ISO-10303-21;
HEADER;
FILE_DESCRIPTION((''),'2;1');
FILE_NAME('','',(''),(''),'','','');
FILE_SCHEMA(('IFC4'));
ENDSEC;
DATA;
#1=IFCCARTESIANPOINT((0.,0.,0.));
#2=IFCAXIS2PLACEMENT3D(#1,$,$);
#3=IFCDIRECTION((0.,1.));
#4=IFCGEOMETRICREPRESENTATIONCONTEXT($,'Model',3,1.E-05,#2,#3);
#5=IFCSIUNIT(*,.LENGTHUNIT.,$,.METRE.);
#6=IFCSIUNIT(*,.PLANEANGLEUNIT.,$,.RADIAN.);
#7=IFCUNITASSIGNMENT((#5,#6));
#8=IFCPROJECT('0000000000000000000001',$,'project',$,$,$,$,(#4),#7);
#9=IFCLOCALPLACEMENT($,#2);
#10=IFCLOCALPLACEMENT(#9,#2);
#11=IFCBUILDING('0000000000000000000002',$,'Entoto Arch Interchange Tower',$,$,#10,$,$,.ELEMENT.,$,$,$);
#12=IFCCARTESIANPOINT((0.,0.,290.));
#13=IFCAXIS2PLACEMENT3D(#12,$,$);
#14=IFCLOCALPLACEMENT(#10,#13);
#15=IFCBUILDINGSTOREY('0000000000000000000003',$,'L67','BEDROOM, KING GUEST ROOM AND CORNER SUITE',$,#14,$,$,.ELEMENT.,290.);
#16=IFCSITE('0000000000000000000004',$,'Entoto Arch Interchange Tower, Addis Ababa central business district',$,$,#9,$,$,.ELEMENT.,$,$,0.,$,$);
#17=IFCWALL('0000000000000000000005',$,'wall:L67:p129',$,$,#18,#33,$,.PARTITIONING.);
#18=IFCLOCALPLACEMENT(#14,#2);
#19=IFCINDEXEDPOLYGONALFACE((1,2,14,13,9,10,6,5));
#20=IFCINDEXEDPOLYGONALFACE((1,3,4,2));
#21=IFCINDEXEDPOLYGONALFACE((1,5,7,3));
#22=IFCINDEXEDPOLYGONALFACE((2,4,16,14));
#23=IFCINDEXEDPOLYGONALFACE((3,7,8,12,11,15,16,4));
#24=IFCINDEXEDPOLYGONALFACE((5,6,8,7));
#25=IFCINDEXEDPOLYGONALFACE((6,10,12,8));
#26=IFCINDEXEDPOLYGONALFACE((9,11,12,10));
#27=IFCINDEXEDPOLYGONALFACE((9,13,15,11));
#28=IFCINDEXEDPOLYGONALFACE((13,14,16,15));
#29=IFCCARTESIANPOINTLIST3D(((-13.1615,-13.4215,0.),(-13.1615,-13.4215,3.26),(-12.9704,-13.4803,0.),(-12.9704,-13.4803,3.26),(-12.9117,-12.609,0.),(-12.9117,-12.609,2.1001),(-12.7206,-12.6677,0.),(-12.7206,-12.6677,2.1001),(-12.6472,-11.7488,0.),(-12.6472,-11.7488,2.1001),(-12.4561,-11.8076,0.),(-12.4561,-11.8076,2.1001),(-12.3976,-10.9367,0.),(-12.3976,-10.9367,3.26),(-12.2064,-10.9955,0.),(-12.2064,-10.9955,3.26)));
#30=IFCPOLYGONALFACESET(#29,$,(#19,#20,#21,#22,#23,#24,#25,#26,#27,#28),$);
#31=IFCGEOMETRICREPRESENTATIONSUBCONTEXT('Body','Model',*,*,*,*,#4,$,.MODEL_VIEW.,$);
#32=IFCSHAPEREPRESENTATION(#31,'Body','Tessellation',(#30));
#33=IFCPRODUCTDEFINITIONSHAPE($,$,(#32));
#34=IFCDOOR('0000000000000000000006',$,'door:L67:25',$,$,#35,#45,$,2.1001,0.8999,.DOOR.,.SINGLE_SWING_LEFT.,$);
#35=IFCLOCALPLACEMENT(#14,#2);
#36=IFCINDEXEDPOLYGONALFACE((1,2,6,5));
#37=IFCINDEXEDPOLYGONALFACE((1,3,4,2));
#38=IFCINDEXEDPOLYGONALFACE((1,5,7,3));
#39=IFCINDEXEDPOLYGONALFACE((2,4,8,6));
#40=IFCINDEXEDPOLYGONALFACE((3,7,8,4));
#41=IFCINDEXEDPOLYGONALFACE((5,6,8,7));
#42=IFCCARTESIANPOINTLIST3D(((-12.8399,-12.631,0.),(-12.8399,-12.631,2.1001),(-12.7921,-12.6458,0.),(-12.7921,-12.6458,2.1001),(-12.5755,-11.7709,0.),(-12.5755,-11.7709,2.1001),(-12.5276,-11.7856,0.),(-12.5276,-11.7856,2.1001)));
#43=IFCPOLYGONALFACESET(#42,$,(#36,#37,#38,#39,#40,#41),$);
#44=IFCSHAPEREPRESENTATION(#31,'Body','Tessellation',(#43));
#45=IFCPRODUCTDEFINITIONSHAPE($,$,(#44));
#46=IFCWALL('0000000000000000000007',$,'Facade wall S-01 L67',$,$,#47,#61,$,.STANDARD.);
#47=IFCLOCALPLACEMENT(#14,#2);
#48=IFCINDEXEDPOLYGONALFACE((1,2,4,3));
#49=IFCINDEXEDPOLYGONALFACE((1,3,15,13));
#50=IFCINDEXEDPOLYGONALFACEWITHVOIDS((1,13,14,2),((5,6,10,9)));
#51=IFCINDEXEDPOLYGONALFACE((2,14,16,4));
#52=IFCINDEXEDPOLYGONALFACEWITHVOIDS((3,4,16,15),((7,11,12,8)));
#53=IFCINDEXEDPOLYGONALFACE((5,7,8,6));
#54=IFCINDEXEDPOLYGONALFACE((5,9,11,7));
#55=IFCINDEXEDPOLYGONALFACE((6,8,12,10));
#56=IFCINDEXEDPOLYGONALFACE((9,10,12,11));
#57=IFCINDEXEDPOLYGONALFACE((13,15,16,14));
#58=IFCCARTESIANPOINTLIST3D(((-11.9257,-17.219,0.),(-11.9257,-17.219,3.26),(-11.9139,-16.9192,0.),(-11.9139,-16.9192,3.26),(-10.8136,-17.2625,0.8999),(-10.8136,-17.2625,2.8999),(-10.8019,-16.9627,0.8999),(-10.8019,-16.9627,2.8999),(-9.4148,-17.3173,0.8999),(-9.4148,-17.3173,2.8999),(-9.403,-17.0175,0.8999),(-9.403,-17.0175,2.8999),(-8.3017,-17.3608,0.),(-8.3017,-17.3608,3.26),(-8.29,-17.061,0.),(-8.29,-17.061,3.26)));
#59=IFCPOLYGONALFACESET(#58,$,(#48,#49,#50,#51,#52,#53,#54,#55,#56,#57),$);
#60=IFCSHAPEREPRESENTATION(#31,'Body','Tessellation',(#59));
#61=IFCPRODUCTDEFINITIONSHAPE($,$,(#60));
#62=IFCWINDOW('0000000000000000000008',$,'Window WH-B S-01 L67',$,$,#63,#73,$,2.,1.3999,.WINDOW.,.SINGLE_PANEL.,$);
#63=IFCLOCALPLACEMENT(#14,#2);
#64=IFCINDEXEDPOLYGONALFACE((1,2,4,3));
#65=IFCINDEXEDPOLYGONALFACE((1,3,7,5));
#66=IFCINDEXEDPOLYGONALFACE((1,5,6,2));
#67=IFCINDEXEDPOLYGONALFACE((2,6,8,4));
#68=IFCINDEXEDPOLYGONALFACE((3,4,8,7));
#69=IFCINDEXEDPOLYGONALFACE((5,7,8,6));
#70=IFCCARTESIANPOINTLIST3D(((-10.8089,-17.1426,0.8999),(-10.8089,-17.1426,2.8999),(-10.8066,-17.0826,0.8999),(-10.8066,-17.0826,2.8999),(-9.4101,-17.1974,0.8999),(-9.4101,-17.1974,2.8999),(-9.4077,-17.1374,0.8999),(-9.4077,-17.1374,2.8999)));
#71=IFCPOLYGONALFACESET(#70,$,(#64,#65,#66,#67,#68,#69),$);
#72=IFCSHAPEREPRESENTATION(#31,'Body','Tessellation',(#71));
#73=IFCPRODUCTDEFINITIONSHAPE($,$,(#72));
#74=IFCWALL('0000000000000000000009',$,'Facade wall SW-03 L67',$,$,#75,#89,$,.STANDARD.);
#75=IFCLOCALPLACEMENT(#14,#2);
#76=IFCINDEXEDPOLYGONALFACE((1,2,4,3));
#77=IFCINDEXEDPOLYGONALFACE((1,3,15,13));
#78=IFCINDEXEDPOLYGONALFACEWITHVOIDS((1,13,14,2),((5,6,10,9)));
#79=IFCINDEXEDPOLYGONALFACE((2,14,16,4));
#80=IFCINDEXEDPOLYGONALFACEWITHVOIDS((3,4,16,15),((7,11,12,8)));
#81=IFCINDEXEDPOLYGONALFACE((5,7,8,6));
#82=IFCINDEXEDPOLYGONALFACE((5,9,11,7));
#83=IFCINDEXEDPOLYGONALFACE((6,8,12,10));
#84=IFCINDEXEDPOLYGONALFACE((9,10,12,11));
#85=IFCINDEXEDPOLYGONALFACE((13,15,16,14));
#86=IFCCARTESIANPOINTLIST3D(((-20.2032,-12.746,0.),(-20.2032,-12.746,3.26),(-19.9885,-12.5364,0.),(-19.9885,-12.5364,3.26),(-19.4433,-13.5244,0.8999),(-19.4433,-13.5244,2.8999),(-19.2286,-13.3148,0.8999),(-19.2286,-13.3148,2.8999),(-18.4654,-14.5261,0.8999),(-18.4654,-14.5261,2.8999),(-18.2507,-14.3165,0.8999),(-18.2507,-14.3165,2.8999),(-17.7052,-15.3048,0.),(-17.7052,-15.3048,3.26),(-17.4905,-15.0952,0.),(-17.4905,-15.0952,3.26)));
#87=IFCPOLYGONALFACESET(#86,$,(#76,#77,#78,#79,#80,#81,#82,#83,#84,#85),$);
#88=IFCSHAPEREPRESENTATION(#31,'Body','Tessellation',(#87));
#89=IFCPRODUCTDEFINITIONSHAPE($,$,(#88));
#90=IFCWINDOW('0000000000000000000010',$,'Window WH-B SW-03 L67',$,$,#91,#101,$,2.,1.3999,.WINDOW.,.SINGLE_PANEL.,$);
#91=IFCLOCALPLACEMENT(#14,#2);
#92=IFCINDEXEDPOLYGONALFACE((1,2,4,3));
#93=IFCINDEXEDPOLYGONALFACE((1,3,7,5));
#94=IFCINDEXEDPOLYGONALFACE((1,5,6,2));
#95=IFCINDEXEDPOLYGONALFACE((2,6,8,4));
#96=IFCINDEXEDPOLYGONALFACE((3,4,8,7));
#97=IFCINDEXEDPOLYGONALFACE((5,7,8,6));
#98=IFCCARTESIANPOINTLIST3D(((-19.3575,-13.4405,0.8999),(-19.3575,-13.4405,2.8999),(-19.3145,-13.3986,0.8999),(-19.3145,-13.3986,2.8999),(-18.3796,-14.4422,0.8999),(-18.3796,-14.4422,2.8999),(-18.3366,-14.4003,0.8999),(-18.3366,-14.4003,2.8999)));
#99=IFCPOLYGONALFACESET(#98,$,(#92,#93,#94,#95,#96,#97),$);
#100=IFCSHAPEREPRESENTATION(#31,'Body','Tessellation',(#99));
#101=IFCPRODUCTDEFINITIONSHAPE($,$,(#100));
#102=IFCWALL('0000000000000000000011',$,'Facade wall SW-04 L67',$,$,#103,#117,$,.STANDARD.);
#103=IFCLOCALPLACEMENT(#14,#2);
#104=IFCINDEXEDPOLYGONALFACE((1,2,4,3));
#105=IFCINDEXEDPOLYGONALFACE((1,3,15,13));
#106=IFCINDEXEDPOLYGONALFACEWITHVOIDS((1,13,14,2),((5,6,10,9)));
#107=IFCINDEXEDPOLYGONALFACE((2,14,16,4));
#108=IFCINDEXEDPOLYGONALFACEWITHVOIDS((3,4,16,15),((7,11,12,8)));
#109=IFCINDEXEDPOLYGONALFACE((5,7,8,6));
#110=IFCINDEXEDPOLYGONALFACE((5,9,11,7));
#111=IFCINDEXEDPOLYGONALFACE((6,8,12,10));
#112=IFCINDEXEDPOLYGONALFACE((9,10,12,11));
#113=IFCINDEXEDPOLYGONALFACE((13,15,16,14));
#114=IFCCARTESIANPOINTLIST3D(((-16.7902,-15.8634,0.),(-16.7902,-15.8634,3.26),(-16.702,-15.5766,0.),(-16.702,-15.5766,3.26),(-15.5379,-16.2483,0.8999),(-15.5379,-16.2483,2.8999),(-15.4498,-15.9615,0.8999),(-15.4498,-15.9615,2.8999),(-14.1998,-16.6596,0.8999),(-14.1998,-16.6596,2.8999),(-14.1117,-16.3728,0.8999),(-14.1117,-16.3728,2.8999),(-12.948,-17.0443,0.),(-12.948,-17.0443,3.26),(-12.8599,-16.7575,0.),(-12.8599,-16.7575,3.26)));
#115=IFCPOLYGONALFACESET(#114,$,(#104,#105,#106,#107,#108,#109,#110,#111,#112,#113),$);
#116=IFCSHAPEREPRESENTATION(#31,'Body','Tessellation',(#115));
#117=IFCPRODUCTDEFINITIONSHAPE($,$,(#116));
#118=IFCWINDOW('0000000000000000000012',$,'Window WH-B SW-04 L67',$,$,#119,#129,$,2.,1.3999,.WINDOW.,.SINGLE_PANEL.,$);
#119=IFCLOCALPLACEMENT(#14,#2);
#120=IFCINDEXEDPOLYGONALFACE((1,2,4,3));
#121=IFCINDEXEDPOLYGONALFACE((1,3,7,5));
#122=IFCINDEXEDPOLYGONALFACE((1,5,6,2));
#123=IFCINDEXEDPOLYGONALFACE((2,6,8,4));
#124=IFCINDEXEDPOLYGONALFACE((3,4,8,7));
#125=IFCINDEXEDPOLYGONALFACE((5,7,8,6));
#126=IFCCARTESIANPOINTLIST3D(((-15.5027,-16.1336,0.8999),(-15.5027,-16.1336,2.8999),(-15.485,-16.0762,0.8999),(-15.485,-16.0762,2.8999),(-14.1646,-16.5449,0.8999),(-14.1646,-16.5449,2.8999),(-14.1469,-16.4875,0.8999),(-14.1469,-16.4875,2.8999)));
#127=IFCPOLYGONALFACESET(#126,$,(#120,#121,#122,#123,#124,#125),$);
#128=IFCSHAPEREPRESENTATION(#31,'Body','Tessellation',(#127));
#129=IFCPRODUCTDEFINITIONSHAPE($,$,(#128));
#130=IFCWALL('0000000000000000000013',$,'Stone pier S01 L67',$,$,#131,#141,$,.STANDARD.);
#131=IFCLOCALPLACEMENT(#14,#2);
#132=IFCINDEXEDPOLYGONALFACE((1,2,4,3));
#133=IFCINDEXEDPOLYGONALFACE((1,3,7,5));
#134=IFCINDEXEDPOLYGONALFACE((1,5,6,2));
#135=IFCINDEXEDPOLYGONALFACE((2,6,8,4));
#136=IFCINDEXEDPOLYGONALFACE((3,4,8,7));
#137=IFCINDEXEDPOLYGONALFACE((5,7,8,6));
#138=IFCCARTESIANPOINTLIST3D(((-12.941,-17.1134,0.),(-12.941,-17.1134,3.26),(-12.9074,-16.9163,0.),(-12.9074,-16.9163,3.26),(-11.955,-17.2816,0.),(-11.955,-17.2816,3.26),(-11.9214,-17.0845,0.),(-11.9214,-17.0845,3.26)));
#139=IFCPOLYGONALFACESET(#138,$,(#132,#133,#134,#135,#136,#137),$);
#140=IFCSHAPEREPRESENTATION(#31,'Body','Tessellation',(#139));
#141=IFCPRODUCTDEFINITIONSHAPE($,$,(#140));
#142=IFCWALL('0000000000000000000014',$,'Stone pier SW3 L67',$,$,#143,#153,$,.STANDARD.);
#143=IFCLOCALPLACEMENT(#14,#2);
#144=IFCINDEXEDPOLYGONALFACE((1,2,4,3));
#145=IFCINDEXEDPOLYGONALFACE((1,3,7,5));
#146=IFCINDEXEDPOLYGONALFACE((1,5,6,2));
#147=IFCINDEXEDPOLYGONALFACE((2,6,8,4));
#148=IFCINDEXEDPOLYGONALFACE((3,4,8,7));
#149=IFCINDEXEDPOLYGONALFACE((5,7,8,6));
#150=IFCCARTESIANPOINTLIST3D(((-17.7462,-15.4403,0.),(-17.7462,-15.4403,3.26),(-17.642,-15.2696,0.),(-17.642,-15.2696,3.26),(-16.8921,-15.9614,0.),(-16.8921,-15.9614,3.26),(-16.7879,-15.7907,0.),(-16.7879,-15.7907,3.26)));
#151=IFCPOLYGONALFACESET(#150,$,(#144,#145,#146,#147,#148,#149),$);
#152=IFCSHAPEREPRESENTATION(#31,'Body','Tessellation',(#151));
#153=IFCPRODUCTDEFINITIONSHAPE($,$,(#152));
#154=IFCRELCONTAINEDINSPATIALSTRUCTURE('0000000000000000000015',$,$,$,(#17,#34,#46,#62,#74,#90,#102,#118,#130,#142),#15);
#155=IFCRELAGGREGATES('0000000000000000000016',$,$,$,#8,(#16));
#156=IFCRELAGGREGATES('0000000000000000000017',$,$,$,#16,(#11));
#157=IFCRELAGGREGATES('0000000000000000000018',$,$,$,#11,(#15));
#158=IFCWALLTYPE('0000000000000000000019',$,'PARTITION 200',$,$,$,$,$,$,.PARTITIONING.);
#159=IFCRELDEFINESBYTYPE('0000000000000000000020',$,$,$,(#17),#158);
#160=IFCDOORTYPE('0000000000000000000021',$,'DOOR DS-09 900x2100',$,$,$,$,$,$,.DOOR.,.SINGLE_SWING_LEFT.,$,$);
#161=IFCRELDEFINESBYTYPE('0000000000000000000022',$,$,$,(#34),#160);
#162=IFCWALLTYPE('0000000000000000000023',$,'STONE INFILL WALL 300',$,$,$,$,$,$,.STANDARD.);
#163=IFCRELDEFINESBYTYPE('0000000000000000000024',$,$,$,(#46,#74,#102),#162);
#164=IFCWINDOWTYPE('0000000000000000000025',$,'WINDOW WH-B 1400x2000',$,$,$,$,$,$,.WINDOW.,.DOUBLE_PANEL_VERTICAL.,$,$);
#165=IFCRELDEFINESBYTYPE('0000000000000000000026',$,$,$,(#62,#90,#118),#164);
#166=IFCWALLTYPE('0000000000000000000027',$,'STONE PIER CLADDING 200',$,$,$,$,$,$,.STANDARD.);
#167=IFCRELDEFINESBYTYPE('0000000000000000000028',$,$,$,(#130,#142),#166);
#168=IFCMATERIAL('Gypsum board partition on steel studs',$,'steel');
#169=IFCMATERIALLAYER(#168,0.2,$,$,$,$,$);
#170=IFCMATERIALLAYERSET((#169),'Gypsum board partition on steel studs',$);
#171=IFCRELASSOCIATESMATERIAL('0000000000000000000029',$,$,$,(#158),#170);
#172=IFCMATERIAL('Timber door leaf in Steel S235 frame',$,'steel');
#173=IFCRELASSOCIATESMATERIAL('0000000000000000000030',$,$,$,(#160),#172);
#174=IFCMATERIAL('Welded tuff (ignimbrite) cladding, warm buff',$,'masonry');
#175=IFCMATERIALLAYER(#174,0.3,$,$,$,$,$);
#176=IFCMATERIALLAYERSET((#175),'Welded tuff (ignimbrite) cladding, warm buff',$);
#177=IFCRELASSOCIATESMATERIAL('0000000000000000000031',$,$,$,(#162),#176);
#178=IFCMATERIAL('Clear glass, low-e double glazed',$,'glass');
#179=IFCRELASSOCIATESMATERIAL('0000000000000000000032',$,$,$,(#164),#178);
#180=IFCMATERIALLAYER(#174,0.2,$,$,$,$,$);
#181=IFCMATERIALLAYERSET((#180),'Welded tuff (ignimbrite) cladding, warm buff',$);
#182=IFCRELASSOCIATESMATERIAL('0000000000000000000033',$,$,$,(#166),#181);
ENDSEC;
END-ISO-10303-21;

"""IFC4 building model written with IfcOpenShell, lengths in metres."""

from ifc_helpers import new_model, si_unit, direction, frame, frame_2d, origin, place, context, subcontext, project, spatial, rectangle, extrude, material, layer, layer_set, type_object, element, fill, save


model = new_model("IFC4")

# Units and contexts
model_context = context("Model", 3, precision=1e-05, world=origin(), true_north=direction((0.0, 1.0)))
body_context = subcontext(model_context, "Body", "Model", "MODEL_VIEW")
ifc_project = project(units=[si_unit("LENGTHUNIT", "METRE"), si_unit("PLANEANGLEUNIT", "RADIAN")], contexts=[model_context])

# Site, building, storey
site_placement = place(None, origin())
site = spatial("IfcSite", under=ifc_project, at=site_placement, Name="Entoto Arch Interchange Tower, Addis Ababa central business district", CompositionType="ELEMENT", RefElevation=0.0)
building_placement = place(site_placement, origin())
building = spatial("IfcBuilding", under=site, at=building_placement, Name="Entoto Arch Interchange Tower", CompositionType="ELEMENT")
storey_placement = place(building_placement, frame((0.0, 0.0, 290.0)))
storey = spatial("IfcBuildingStorey", under=building, at=storey_placement, Name="L67", Description="BEDROOM, KING GUEST ROOM AND CORNER SUITE", CompositionType="ELEMENT", Elevation=290.0)

# Shared definitions
ifc_material_1 = material(Name="Gypsum board partition on steel studs", Category="steel")

# Shared definitions
ifc_layer_1 = layer(ifc_material_1, 0.2)
ifc_layer_set_1 = layer_set([ifc_layer_1], Name="Gypsum board partition on steel studs")
wall_type_1 = type_object("IfcWallType", Name="PARTITION 200", PredefinedType="PARTITIONING", material=ifc_layer_set_1)
ifc_material_2 = material(Name="Timber door leaf in Steel S235 frame", Category="steel")

# Wall, opening, door
wall_1_placement = place(storey_placement, frame((-13.0659, -13.4509, 0.0), z_axis=(0.0, 0.0, 1.0), x_axis=(0.293855, 0.95585, 0.0)))
wall_1 = element("IfcWall", 1, at=wall_1_placement, inside=storey, type_object=wall_type_1, Name="wall:L67:p129", PredefinedType="PARTITIONING", context=body_context, shape_type="SweptSolid", body=[
    extrude(rectangle(XDim=2.5996, YDim=0.2, at=frame_2d((1.2998, 0.0))), origin(), (0.0, 0.0, 1.0), 3.26),
])
opening_1_placement = place(wall_1_placement, frame((0.8501, 0.0, 0.0)))
opening_1 = element("IfcOpeningElement", 2, at=opening_1_placement, cuts=wall_1, PredefinedType="OPENING", context=body_context, shape_type="SweptSolid", body=[
    extrude(rectangle(XDim=0.8999, YDim=2.1001, at=frame_2d((0.45, 1.05))), frame((0.0, 0.1099, 0.0), z_axis=(0.0, -1.0, 0.0), x_axis=(1.0, 0.0, 0.0)), (0.0, 0.0, 1.0), 0.22),
])
door_type_1 = type_object("IfcDoorType", Name="DOOR DS-09 900x2100", OperationType="SINGLE_SWING_LEFT", PredefinedType="DOOR", material=ifc_material_2)
door_1_placement = place(opening_1_placement, origin())
door_1 = element("IfcDoor", 3, at=door_1_placement, inside=storey, type_object=door_type_1, Name="door:L67:25", OperationType="SINGLE_SWING_LEFT", OverallHeight=2.1001, OverallWidth=0.8999, PredefinedType="DOOR", context=body_context, shape_type="SweptSolid", body=[
    extrude(rectangle(XDim=0.8999, YDim=2.1001, at=frame_2d((0.45, 1.05))), frame((0.0, 0.0249, 0.0), z_axis=(0.0, -1.0, 0.0), x_axis=(1.0, 0.0, 0.0)), (0.0, 0.0, 1.0), 0.05),
])
fill(opening_1, door_1)

# Walls, openings, windows
ifc_material_3 = material(Name="Welded tuff (ignimbrite) cladding, warm buff", Category="masonry")
ifc_layer_2 = layer(ifc_material_3, 0.3)
ifc_layer_set_2 = layer_set([ifc_layer_2], Name="Welded tuff (ignimbrite) cladding, warm buff")
wall_type_2 = type_object("IfcWallType", Name="STONE INFILL WALL 300", PredefinedType="STANDARD", material=ifc_layer_set_2)
wall_2_placement = place(storey_placement, frame((-11.9199, -17.0691, 0.0), z_axis=(0.0, 0.0, 1.0), x_axis=(0.999235, -0.03911, 0.0)))
wall_2 = element("IfcWall", 4, at=wall_2_placement, inside=storey, type_object=wall_type_2, Name="Facade wall S-01 L67", PredefinedType="STANDARD", context=body_context, shape_type="SweptSolid", body=[
    extrude(rectangle(XDim=3.6267, YDim=0.3, at=frame_2d((1.8135, 0.0))), origin(), (0.0, 0.0, 1.0), 3.26),
])
opening_2_placement = place(wall_2_placement, frame((1.113, 0.0, 0.8999)))
opening_2 = element("IfcOpeningElement", 5, at=opening_2_placement, cuts=wall_2, PredefinedType="OPENING", context=body_context, shape_type="SweptSolid", body=[
    extrude(rectangle(XDim=1.3999, YDim=2.0, at=frame_2d((0.7, 1.0))), frame((0.0, 0.1602, 0.0), z_axis=(0.0, -1.0, 0.0), x_axis=(1.0, 0.0, 0.0)), (0.0, 0.0, 1.0), 0.3201),
])
ifc_material_4 = material(Name="Clear glass, low-e double glazed", Category="glass")
window_type = type_object("IfcWindowType", Name="WINDOW WH-B 1400x2000", PartitioningType="DOUBLE_PANEL_VERTICAL", PredefinedType="WINDOW", material=ifc_material_4)
window_1_placement = place(opening_2_placement, origin())
window_1 = element("IfcWindow", 6, at=window_1_placement, inside=storey, type_object=window_type, Name="Window WH-B S-01 L67", OverallHeight=2.0, OverallWidth=1.3999, PartitioningType="SINGLE_PANEL", PredefinedType="WINDOW", context=body_context, shape_type="SweptSolid", body=[
    extrude(rectangle(XDim=1.3999, YDim=2.0, at=frame_2d((0.7, 1.0))), frame((0.0, 0.03, 0.0), z_axis=(0.0, -1.0, 0.0), x_axis=(1.0, 0.0, 0.0)), (0.0, 0.0, 1.0), 0.0601),
])
fill(opening_2, window_1)
wall_3_placement = place(storey_placement, frame((-20.0959, -12.6411, 0.0), z_axis=(0.0, 0.0, 1.0), x_axis=(0.698556, -0.715556, 0.0)))
wall_3 = element("IfcWall", 7, at=wall_3_placement, inside=storey, type_object=wall_type_2, Name="Facade wall SW-03 L67", PredefinedType="STANDARD", context=body_context, shape_type="SweptSolid", body=[
    extrude(rectangle(XDim=3.5759, YDim=0.3, at=frame_2d((1.7881, 0.0))), origin(), (0.0, 0.0, 1.0), 3.26),
])
opening_3_placement = place(wall_3_placement, frame((1.0879, 0.0, 0.8999)))
opening_3 = element("IfcOpeningElement", 8, at=opening_3_placement, cuts=wall_3, PredefinedType="OPENING", context=body_context, shape_type="SweptSolid", body=[
    extrude(rectangle(XDim=1.3999, YDim=2.0, at=frame_2d((0.7, 1.0))), frame((0.0, 0.1602, 0.0), z_axis=(0.0, -1.0, 0.0), x_axis=(1.0, 0.0, 0.0)), (0.0, 0.0, 1.0), 0.3201),
])
window_2_placement = place(opening_3_placement, origin())
window_2 = element("IfcWindow", 9, at=window_2_placement, inside=storey, type_object=window_type, Name="Window WH-B SW-03 L67", OverallHeight=2.0, OverallWidth=1.3999, PartitioningType="SINGLE_PANEL", PredefinedType="WINDOW", context=body_context, shape_type="SweptSolid", body=[
    extrude(rectangle(XDim=1.3999, YDim=2.0, at=frame_2d((0.7, 1.0))), frame((0.0, 0.03, 0.0), z_axis=(0.0, -1.0, 0.0), x_axis=(1.0, 0.0, 0.0)), (0.0, 0.0, 1.0), 0.0601),
])
fill(opening_3, window_2)
wall_4_placement = place(storey_placement, frame((-16.7461, -15.72, 0.0), z_axis=(0.0, 0.0, 1.0), x_axis=(0.955867, -0.2938, 0.0)))
wall_4 = element("IfcWall", 10, at=wall_4_placement, inside=storey, type_object=wall_type_2, Name="Facade wall SW-04 L67", PredefinedType="STANDARD", context=body_context, shape_type="SweptSolid", body=[
    extrude(rectangle(XDim=4.0195, YDim=0.3, at=frame_2d((2.0098, 0.0))), origin(), (0.0, 0.0, 1.0), 3.26),
])
opening_4_placement = place(wall_4_placement, frame((1.3101, 0.0, 0.8999)))
opening_4 = element("IfcOpeningElement", 11, at=opening_4_placement, cuts=wall_4, PredefinedType="OPENING", context=body_context, shape_type="SweptSolid", body=[
    extrude(rectangle(XDim=1.3999, YDim=2.0, at=frame_2d((0.7, 1.0))), frame((0.0, 0.1602, 0.0), z_axis=(0.0, -1.0, 0.0), x_axis=(1.0, 0.0, 0.0)), (0.0, 0.0, 1.0), 0.3201),
])
window_3_placement = place(opening_4_placement, origin())
window_3 = element("IfcWindow", 12, at=window_3_placement, inside=storey, type_object=window_type, Name="Window WH-B SW-04 L67", OverallHeight=2.0, OverallWidth=1.3999, PartitioningType="SINGLE_PANEL", PredefinedType="WINDOW", context=body_context, shape_type="SweptSolid", body=[
    extrude(rectangle(XDim=1.3999, YDim=2.0, at=frame_2d((0.7, 1.0))), frame((0.0, 0.03, 0.0), z_axis=(0.0, -1.0, 0.0), x_axis=(1.0, 0.0, 0.0)), (0.0, 0.0, 1.0), 0.0601),
])
fill(opening_4, window_3)

# Walls
ifc_layer_3 = layer(ifc_material_3, 0.2)
ifc_layer_set_3 = layer_set([ifc_layer_3], Name="Welded tuff (ignimbrite) cladding, warm buff")
wall_type_3 = type_object("IfcWallType", Name="STONE PIER CLADDING 200", PredefinedType="STANDARD", material=ifc_layer_set_3)
wall_5_placement = place(storey_placement, frame((-12.9241, -17.0149, 0.0), z_axis=(0.0, 0.0, 1.0), x_axis=(0.98576, -0.168158, 0.0)))
element("IfcWall", 13, at=wall_5_placement, inside=storey, type_object=wall_type_3, Name="Stone pier S01 L67", PredefinedType="STANDARD", context=body_context, shape_type="SweptSolid", body=[
    extrude(rectangle(XDim=1.0002, YDim=0.2, at=frame_2d((0.5, 0.0))), origin(), (0.0, 0.0, 1.0), 3.26),
])
wall_6_placement = place(storey_placement, frame((-17.6941, -15.355, 0.0), z_axis=(0.0, 0.0, 1.0), x_axis=(0.85368, -0.520798, 0.0)))
element("IfcWall", 14, at=wall_6_placement, inside=storey, type_object=wall_type_3, Name="Stone pier SW3 L67", PredefinedType="STANDARD", context=body_context, shape_type="SweptSolid", body=[
    extrude(rectangle(XDim=1.0005, YDim=0.2, at=frame_2d((0.5002, 0.0))), origin(), (0.0, 0.0, 1.0), 3.26),
])

save(model, "model.ifc")
